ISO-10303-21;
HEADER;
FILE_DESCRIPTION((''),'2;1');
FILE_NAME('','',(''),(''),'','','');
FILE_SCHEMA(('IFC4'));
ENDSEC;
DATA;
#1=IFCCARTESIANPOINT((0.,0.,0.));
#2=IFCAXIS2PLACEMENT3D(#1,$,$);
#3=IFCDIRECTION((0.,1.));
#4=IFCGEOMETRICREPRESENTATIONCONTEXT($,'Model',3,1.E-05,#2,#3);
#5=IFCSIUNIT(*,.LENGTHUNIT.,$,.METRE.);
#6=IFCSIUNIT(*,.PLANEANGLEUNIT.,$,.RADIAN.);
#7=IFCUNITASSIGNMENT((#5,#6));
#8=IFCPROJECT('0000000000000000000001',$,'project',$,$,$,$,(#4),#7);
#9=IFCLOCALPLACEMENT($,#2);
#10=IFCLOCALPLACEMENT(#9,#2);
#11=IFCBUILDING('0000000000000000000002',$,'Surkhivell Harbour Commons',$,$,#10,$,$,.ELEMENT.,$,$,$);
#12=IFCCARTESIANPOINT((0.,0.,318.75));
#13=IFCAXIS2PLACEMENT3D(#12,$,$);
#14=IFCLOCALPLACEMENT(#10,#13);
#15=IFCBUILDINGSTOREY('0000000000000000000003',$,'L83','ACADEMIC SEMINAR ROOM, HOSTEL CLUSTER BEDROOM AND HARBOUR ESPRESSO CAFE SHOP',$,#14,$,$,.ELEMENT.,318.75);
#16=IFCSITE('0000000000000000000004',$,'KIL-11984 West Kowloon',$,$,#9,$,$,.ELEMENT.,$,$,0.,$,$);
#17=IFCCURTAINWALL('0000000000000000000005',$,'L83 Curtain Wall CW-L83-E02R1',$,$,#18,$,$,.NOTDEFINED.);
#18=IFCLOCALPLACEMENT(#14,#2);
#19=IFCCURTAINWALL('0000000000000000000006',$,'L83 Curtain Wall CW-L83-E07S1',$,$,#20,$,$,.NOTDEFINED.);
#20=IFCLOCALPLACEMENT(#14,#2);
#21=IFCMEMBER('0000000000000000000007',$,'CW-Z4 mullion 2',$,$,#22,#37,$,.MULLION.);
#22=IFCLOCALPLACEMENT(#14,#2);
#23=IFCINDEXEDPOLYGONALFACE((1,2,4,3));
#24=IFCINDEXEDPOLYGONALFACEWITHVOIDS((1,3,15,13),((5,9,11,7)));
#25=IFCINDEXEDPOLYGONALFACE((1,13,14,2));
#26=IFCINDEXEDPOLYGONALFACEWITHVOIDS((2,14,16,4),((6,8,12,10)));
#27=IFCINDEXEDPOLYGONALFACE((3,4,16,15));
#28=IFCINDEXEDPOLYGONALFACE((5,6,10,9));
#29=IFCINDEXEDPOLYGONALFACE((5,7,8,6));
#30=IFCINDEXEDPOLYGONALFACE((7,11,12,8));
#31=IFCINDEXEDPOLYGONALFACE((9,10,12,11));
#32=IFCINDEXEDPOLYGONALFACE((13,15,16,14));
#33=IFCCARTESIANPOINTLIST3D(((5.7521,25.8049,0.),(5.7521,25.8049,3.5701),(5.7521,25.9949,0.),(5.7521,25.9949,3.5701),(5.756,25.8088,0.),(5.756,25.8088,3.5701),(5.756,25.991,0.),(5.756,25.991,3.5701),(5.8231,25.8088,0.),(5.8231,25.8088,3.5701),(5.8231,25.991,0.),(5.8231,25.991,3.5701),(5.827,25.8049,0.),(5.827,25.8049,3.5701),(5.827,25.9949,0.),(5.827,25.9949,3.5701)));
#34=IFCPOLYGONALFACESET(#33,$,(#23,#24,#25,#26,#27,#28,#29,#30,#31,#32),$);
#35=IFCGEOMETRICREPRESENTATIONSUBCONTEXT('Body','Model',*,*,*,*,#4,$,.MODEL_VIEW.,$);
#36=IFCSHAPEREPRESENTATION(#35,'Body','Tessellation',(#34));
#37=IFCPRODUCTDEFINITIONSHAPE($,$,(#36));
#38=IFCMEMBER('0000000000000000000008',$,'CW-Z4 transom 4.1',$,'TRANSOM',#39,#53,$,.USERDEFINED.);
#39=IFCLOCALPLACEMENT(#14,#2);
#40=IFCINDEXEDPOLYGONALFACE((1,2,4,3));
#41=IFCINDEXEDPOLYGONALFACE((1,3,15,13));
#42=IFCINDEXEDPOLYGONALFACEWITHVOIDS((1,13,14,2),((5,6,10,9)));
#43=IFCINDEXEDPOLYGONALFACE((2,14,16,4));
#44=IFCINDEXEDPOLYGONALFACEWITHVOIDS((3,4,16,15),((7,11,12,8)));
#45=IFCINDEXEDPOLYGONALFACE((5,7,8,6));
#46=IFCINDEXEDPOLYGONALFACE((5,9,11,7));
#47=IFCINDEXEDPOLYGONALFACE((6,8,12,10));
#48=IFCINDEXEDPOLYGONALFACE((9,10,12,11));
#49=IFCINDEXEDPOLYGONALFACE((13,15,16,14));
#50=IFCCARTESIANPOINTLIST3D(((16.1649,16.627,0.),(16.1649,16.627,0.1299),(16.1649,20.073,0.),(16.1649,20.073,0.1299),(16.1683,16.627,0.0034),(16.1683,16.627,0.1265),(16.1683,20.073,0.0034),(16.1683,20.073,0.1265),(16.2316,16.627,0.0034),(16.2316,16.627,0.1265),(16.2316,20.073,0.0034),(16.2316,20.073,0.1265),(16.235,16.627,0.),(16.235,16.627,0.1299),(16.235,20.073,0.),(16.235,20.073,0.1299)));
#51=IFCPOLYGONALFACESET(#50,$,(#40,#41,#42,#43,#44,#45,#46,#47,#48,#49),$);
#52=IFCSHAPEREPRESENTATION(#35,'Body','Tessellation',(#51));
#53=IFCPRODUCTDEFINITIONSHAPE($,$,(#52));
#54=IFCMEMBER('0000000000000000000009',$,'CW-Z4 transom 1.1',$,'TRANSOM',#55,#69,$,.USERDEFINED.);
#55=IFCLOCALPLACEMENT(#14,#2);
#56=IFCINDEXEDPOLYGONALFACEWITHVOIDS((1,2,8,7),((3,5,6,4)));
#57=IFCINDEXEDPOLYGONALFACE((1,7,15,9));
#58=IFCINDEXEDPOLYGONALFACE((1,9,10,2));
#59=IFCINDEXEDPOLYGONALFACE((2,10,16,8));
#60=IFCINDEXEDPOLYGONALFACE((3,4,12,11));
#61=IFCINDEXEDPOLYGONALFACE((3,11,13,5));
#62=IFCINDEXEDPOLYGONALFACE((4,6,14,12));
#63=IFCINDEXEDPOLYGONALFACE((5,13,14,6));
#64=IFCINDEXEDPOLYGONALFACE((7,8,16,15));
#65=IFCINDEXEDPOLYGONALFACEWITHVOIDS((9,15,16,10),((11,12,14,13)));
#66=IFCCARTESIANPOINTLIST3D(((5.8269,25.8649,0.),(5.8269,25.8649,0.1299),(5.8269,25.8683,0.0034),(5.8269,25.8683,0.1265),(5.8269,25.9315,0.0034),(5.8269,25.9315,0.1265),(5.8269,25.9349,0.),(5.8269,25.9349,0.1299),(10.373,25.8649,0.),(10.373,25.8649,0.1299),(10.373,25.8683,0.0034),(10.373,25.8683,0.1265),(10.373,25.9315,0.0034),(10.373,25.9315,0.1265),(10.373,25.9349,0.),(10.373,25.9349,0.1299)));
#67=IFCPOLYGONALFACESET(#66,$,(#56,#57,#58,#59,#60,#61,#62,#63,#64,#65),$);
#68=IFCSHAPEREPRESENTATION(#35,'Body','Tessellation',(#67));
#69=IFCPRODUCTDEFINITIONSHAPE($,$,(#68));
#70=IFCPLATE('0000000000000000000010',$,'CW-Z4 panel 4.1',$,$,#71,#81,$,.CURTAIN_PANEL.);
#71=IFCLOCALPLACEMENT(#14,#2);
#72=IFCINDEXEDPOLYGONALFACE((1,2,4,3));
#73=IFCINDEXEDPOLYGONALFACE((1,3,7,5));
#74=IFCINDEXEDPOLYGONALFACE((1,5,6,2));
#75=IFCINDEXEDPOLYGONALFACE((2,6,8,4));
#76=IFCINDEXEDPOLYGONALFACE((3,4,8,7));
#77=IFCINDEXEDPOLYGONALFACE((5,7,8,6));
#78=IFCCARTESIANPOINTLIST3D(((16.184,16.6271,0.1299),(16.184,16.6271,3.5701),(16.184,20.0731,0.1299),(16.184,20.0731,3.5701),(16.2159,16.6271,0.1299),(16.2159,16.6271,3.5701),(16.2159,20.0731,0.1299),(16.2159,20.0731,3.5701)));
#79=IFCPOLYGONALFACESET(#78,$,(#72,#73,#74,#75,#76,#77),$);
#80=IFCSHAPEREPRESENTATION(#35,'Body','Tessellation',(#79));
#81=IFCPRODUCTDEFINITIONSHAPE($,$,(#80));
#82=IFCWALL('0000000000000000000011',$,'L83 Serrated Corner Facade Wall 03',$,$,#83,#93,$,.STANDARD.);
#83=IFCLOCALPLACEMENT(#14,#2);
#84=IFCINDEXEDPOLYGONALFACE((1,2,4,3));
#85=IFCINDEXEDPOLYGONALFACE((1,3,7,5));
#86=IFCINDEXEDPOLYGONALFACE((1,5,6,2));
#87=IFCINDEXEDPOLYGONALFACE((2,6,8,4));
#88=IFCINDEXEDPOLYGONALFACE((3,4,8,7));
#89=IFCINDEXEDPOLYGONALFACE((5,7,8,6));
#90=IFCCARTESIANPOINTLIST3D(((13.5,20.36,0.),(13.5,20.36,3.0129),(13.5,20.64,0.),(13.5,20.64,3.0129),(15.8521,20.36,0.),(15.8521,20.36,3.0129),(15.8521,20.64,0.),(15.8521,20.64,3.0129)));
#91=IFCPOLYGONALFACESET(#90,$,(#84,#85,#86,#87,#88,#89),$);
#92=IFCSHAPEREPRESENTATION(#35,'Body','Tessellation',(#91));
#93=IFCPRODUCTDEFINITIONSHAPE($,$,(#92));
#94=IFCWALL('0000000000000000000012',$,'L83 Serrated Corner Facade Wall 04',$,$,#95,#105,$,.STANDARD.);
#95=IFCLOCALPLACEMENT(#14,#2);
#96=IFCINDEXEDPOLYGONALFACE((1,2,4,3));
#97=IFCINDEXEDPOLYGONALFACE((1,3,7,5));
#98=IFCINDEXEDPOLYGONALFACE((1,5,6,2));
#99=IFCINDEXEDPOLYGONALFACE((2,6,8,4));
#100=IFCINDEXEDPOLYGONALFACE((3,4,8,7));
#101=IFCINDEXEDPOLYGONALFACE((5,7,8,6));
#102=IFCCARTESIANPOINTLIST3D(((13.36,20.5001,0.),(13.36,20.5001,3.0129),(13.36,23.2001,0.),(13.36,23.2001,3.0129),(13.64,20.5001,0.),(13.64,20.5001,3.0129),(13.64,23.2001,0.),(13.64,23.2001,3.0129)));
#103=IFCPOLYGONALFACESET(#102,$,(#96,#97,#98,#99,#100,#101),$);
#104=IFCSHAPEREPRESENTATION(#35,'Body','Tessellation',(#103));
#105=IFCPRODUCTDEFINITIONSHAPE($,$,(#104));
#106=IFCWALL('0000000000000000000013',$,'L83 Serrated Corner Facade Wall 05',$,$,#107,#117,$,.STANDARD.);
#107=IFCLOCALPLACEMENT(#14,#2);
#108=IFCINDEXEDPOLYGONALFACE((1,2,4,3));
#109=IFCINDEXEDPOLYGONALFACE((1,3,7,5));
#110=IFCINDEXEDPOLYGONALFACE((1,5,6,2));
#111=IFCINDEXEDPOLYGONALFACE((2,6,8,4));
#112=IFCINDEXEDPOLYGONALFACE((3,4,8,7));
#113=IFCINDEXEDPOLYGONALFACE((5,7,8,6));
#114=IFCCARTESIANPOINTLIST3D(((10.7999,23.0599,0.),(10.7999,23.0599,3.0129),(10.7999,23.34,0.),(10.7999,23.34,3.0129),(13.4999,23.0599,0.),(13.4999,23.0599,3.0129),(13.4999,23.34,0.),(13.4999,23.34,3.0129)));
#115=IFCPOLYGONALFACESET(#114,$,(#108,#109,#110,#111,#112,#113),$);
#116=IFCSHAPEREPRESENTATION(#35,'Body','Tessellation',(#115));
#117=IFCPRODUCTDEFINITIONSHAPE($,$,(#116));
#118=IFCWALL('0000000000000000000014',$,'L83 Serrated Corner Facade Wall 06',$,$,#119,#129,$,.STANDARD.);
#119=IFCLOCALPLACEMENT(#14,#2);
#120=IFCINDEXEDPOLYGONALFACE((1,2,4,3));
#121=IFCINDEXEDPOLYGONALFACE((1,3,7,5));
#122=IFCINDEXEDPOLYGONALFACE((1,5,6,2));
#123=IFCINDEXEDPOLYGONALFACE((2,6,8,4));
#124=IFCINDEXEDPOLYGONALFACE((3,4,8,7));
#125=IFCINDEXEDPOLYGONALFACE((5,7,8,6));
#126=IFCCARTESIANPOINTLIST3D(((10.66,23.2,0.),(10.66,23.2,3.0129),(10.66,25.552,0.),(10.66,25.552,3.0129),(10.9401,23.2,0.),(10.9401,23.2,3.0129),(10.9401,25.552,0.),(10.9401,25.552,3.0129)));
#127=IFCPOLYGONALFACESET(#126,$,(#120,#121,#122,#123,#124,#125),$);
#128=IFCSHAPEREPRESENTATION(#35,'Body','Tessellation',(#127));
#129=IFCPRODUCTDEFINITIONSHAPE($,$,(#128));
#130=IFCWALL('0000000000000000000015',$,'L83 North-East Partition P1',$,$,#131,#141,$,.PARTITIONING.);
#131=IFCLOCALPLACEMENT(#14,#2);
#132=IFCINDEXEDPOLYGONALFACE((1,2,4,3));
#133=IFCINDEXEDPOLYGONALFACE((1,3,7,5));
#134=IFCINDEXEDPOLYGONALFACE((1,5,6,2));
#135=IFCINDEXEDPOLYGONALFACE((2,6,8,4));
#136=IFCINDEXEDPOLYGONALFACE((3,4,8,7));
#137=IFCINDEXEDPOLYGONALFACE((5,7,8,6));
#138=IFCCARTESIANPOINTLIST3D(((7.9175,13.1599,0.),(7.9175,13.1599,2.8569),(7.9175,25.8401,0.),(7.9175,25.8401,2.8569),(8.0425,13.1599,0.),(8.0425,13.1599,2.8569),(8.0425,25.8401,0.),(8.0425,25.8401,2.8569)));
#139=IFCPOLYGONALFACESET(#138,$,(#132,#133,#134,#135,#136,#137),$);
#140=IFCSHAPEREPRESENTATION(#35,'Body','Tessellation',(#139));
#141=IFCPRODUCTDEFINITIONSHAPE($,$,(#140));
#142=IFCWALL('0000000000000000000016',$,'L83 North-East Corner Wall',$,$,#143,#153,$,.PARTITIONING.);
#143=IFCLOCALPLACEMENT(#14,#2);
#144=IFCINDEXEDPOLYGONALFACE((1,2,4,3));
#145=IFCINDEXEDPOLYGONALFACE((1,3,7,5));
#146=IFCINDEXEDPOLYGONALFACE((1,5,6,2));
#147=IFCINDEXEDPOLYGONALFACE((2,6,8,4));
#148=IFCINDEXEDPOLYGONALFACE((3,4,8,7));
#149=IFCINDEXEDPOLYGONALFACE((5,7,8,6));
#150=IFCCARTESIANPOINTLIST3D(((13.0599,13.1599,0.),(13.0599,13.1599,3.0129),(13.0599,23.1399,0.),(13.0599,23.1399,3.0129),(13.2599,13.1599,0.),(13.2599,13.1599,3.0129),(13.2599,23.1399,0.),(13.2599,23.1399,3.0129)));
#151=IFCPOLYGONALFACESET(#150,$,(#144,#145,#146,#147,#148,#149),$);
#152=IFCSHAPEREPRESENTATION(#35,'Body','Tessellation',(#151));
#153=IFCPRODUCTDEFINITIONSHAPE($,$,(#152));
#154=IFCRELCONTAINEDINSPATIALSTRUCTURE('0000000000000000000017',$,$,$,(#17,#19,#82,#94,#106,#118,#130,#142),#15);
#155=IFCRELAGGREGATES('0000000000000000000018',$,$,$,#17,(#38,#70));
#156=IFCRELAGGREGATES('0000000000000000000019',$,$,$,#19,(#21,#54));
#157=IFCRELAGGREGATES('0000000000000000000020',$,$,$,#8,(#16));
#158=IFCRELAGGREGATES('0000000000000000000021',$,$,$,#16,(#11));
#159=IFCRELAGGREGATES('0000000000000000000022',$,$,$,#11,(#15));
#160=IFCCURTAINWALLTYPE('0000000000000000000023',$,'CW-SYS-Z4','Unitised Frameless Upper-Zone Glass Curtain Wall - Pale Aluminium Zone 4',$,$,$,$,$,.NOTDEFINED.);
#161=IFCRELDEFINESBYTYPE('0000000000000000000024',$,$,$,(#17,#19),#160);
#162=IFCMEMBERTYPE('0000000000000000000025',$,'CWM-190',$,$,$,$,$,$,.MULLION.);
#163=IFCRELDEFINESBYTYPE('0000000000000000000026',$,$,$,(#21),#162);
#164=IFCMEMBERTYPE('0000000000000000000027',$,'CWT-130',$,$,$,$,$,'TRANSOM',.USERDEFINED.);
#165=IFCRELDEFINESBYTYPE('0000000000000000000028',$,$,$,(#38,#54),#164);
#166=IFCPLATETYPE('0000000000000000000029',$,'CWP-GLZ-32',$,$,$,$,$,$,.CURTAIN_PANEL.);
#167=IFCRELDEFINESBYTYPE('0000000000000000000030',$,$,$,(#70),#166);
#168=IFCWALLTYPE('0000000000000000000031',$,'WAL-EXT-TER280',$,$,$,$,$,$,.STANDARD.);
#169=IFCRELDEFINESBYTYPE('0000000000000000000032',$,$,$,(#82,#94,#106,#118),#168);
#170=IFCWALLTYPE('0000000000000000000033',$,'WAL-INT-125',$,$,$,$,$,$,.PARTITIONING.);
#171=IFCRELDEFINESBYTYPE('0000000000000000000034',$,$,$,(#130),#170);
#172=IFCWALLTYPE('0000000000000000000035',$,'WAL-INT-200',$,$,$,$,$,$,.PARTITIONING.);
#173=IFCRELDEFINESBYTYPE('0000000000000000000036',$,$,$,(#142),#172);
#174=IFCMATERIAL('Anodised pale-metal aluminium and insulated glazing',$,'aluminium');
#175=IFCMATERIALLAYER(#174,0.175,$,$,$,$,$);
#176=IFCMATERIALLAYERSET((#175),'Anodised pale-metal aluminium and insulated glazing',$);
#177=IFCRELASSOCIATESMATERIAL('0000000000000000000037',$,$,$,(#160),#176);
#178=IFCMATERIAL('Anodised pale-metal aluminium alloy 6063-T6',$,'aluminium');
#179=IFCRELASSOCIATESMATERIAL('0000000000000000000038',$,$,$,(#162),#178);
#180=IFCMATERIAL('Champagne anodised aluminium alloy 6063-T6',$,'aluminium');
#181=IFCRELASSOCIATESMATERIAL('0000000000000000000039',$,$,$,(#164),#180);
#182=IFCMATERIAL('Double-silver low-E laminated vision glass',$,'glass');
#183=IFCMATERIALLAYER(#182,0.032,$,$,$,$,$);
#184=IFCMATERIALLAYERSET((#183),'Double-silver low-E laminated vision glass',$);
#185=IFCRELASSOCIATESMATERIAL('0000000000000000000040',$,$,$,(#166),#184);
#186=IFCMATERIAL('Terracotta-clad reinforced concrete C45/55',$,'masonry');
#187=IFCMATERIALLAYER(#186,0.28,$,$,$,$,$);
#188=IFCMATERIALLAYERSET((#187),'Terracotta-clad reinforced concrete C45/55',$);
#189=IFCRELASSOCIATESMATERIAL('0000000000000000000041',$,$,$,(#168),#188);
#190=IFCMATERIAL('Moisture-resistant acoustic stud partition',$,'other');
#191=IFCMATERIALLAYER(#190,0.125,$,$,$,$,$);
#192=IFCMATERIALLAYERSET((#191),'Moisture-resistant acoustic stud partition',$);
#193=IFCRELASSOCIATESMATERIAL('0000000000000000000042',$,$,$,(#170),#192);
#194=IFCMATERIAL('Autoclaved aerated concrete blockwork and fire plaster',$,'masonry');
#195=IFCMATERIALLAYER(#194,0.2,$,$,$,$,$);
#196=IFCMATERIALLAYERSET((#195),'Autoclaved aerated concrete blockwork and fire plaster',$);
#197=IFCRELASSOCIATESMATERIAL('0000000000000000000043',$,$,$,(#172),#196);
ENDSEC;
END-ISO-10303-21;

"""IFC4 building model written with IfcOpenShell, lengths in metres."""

from ifc_helpers import new_model, si_unit, direction, frame, frame_2d, origin, origin_2d, place, context, subcontext, project, spatial, rectangle, hollow_rectangle, extrude, material, layer, layer_set, material_profile, profile_set, type_object, element, aggregate, save


model = new_model("IFC4")

# Units and contexts
model_context = context("Model", 3, precision=1e-05, world=origin(), true_north=direction((0.0, 1.0)))
body_context = subcontext(model_context, "Body", "Model", "MODEL_VIEW")
ifc_project = project(units=[si_unit("LENGTHUNIT", "METRE"), si_unit("PLANEANGLEUNIT", "RADIAN")], contexts=[model_context])

# Site, building, storey
site_placement = place(None, origin())
site = spatial("IfcSite", under=ifc_project, at=site_placement, Name="KIL-11984 West Kowloon", CompositionType="ELEMENT", RefElevation=0.0)
building_placement = place(site_placement, origin())
building = spatial("IfcBuilding", under=site, at=building_placement, Name="Surkhivell Harbour Commons", CompositionType="ELEMENT")
storey_placement = place(building_placement, frame((0.0, 0.0, 318.75)))
storey = spatial("IfcBuildingStorey", under=building, at=storey_placement, Name="L83", Description="ACADEMIC SEMINAR ROOM, HOSTEL CLUSTER BEDROOM AND HARBOUR ESPRESSO CAFE SHOP", CompositionType="ELEMENT", Elevation=318.75)

# Curtain walls, member
ifc_material_1 = material(Name="Anodised pale-metal aluminium and insulated glazing", Category="aluminium")
ifc_layer_1 = layer(ifc_material_1, 0.175)
ifc_layer_set_1 = layer_set([ifc_layer_1], Name="Anodised pale-metal aluminium and insulated glazing")
curtain_wall_type = type_object("IfcCurtainWallType", Name="CW-SYS-Z4", Description="Unitised Frameless Upper-Zone Glass Curtain Wall - Pale Aluminium Zone 4", PredefinedType="NOTDEFINED", material=ifc_layer_set_1)
curtain_wall_1_placement = place(storey_placement, origin())
curtain_wall_1 = element("IfcCurtainWall", 1, at=curtain_wall_1_placement, inside=storey, type_object=curtain_wall_type, Name="L83 Curtain Wall CW-L83-E02R1", PredefinedType="NOTDEFINED")
ifc_material_2 = material(Name="Anodised pale-metal aluminium alloy 6063-T6", Category="aluminium")
ifc_material_profile_1 = material_profile(ifc_material_2, hollow_rectangle(XDim=0.075, YDim=0.1899, WallThickness=0.0039, at=origin_2d()), Name="ALU-MULL-75x190")
ifc_profile_set_1 = profile_set([ifc_material_profile_1], Name="Anodised pale-metal aluminium alloy 6063-T6")
member_type_1 = type_object("IfcMemberType", Name="CWM-190", PredefinedType="MULLION", material=ifc_profile_set_1)
curtain_wall_2_placement = place(storey_placement, origin())
curtain_wall_2 = element("IfcCurtainWall", 2, at=curtain_wall_2_placement, inside=storey, type_object=curtain_wall_type, Name="L83 Curtain Wall CW-L83-E07S1", PredefinedType="NOTDEFINED")
member_1_placement = place(storey_placement, frame((5.7896, 25.8999, 0.0), z_axis=(0.0, 0.0, 1.0), x_axis=(-1.0, 0.0, 0.0)))
member_1 = element("IfcMember", 3, at=member_1_placement, type_object=member_type_1, Name="CW-Z4 mullion 2", PredefinedType="MULLION", context=body_context, shape_type="SweptSolid", body=[
    extrude(hollow_rectangle(XDim=0.075, YDim=0.1899, WallThickness=0.0039, at=origin_2d()), origin(), (0.0, 0.0, 1.0), 3.5701),
])

# Members
ifc_material_3 = material(Name="Champagne anodised aluminium alloy 6063-T6", Category="aluminium")
ifc_material_profile_2 = material_profile(ifc_material_3, hollow_rectangle(XDim=0.0701, YDim=0.1299, WallThickness=0.0034, at=origin_2d()), Name="ALU-TRAN-70x130")
ifc_profile_set_2 = profile_set([ifc_material_profile_2], Name="Champagne anodised aluminium alloy 6063-T6")
member_type_2 = type_object("IfcMemberType", Name="CWT-130", ElementType="TRANSOM", PredefinedType="USERDEFINED", material=ifc_profile_set_2)
member_2_placement = place(storey_placement, frame((16.2, 16.627, 0.0649), z_axis=(0.0, 1.0, 0.0), x_axis=(-1.0, 0.0, 0.0)))
member_2 = element("IfcMember", 4, at=member_2_placement, type_object=member_type_2, Name="CW-Z4 transom 4.1", ObjectType="TRANSOM", PredefinedType="USERDEFINED", context=body_context, shape_type="SweptSolid", body=[
    extrude(hollow_rectangle(XDim=0.0701, YDim=0.1299, WallThickness=0.0034, at=origin_2d()), origin(), (0.0, 0.0, 1.0), 3.446),
])
member_3_placement = place(storey_placement, frame((10.373, 25.8999, 0.0649), z_axis=(-1.0, 0.0, 0.0), x_axis=(0.0, -1.0, 0.0)))
member_3 = element("IfcMember", 5, at=member_3_placement, type_object=member_type_2, Name="CW-Z4 transom 1.1", ObjectType="TRANSOM", PredefinedType="USERDEFINED", context=body_context, shape_type="SweptSolid", body=[
    extrude(hollow_rectangle(XDim=0.0701, YDim=0.1299, WallThickness=0.0034, at=origin_2d()), origin(), (0.0, 0.0, 1.0), 4.5461),
])

# Plate
ifc_material_4 = material(Name="Double-silver low-E laminated vision glass", Category="glass")
ifc_layer_2 = layer(ifc_material_4, 0.032)
ifc_layer_set_2 = layer_set([ifc_layer_2], Name="Double-silver low-E laminated vision glass")
plate_type = type_object("IfcPlateType", Name="CWP-GLZ-32", PredefinedType="CURTAIN_PANEL", material=ifc_layer_set_2)
plate_1_placement = place(storey_placement, frame((16.2, 16.627, 0.1299), z_axis=(0.0, 0.0, 1.0), x_axis=(0.0, 1.0, 0.0)))
plate_1 = element("IfcPlate", 6, at=plate_1_placement, type_object=plate_type, Name="CW-Z4 panel 4.1", PredefinedType="CURTAIN_PANEL", context=body_context, shape_type="SweptSolid", body=[
    extrude(rectangle(XDim=3.446, YDim=0.032, at=frame_2d((1.7231, 0.0))), origin(), (0.0, 0.0, 1.0), 3.4402),
])
aggregate(curtain_wall_1, [member_2, plate_1])
aggregate(curtain_wall_2, [member_1, member_3])

# Walls
ifc_material_5 = material(Name="Terracotta-clad reinforced concrete C45/55", Category="masonry")
ifc_layer_3 = layer(ifc_material_5, 0.28)
ifc_layer_set_3 = layer_set([ifc_layer_3], Name="Terracotta-clad reinforced concrete C45/55")
wall_type_1 = type_object("IfcWallType", Name="WAL-EXT-TER280", PredefinedType="STANDARD", material=ifc_layer_set_3)
wall_1_placement = place(storey_placement, frame((15.8521, 20.5, 0.0), z_axis=(0.0, 0.0, 1.0), x_axis=(-1.0, 0.0, 0.0)))
element("IfcWall", 7, at=wall_1_placement, inside=storey, type_object=wall_type_1, Name="L83 Serrated Corner Facade Wall 03", PredefinedType="STANDARD", context=body_context, shape_type="SweptSolid", body=[
    extrude(rectangle(XDim=2.3521, YDim=0.28, at=frame_2d((1.176, 0.0))), origin(), (0.0, 0.0, 1.0), 3.0129),
])
for number, where, z_axis, x_axis, name in (
    (8, (13.5, 20.5, 0.0), (0.0, 0.0, 1.0), (0.0, 1.0, 0.0), "L83 Serrated Corner Facade Wall 04"),
    (9, (13.5, 23.2, 0.0), (0.0, 0.0, 1.0), (-1.0, 0.0, 0.0), "L83 Serrated Corner Facade Wall 05"),
):
    element("IfcWall", number, at=place(storey_placement, frame(where, z_axis=z_axis, x_axis=x_axis)), inside=storey, type_object=wall_type_1, Name=name, PredefinedType="STANDARD", context=body_context, shape_type="SweptSolid", body=[
        extrude(rectangle(XDim=2.7, YDim=0.28, at=frame_2d((1.3501, 0.0))), origin(), (0.0, 0.0, 1.0), 3.0129),
    ])
wall_2_placement = place(storey_placement, frame((10.8, 23.2, 0.0), z_axis=(0.0, 0.0, 1.0), x_axis=(0.0, 1.0, 0.0)))
element("IfcWall", 10, at=wall_2_placement, inside=storey, type_object=wall_type_1, Name="L83 Serrated Corner Facade Wall 06", PredefinedType="STANDARD", context=body_context, shape_type="SweptSolid", body=[
    extrude(rectangle(XDim=2.3521, YDim=0.28, at=frame_2d((1.176, 0.0))), origin(), (0.0, 0.0, 1.0), 3.0129),
])
ifc_material_6 = material(Name="Moisture-resistant acoustic stud partition", Category="other")
ifc_layer_4 = layer(ifc_material_6, 0.125)
ifc_layer_set_4 = layer_set([ifc_layer_4], Name="Moisture-resistant acoustic stud partition")
wall_type_2 = type_object("IfcWallType", Name="WAL-INT-125", PredefinedType="PARTITIONING", material=ifc_layer_set_4)
wall_3_placement = place(storey_placement, frame((7.98, 13.1599, 0.0), z_axis=(0.0, 0.0, 1.0), x_axis=(0.0, 1.0, 0.0)))
element("IfcWall", 11, at=wall_3_placement, inside=storey, type_object=wall_type_2, Name="L83 North-East Partition P1", PredefinedType="PARTITIONING", context=body_context, shape_type="SweptSolid", body=[
    extrude(rectangle(XDim=12.6802, YDim=0.125, at=frame_2d((6.3401, 0.0))), origin(), (0.0, 0.0, 1.0), 2.8569),
])
ifc_material_7 = material(Name="Autoclaved aerated concrete blockwork and fire plaster", Category="masonry")
ifc_layer_5 = layer(ifc_material_7, 0.2)
ifc_layer_set_5 = layer_set([ifc_layer_5], Name="Autoclaved aerated concrete blockwork and fire plaster")
wall_type_3 = type_object("IfcWallType", Name="WAL-INT-200", PredefinedType="PARTITIONING", material=ifc_layer_set_5)
wall_4_placement = place(storey_placement, frame((13.1599, 13.1599, 0.0), z_axis=(0.0, 0.0, 1.0), x_axis=(0.0, 1.0, 0.0)))
element("IfcWall", 12, at=wall_4_placement, inside=storey, type_object=wall_type_3, Name="L83 North-East Corner Wall", PredefinedType="PARTITIONING", context=body_context, shape_type="SweptSolid", body=[
    extrude(rectangle(XDim=9.98, YDim=0.2, at=frame_2d((4.99, 0.0))), origin(), (0.0, 0.0, 1.0), 3.0129),
])

save(model, "model.ifc")
